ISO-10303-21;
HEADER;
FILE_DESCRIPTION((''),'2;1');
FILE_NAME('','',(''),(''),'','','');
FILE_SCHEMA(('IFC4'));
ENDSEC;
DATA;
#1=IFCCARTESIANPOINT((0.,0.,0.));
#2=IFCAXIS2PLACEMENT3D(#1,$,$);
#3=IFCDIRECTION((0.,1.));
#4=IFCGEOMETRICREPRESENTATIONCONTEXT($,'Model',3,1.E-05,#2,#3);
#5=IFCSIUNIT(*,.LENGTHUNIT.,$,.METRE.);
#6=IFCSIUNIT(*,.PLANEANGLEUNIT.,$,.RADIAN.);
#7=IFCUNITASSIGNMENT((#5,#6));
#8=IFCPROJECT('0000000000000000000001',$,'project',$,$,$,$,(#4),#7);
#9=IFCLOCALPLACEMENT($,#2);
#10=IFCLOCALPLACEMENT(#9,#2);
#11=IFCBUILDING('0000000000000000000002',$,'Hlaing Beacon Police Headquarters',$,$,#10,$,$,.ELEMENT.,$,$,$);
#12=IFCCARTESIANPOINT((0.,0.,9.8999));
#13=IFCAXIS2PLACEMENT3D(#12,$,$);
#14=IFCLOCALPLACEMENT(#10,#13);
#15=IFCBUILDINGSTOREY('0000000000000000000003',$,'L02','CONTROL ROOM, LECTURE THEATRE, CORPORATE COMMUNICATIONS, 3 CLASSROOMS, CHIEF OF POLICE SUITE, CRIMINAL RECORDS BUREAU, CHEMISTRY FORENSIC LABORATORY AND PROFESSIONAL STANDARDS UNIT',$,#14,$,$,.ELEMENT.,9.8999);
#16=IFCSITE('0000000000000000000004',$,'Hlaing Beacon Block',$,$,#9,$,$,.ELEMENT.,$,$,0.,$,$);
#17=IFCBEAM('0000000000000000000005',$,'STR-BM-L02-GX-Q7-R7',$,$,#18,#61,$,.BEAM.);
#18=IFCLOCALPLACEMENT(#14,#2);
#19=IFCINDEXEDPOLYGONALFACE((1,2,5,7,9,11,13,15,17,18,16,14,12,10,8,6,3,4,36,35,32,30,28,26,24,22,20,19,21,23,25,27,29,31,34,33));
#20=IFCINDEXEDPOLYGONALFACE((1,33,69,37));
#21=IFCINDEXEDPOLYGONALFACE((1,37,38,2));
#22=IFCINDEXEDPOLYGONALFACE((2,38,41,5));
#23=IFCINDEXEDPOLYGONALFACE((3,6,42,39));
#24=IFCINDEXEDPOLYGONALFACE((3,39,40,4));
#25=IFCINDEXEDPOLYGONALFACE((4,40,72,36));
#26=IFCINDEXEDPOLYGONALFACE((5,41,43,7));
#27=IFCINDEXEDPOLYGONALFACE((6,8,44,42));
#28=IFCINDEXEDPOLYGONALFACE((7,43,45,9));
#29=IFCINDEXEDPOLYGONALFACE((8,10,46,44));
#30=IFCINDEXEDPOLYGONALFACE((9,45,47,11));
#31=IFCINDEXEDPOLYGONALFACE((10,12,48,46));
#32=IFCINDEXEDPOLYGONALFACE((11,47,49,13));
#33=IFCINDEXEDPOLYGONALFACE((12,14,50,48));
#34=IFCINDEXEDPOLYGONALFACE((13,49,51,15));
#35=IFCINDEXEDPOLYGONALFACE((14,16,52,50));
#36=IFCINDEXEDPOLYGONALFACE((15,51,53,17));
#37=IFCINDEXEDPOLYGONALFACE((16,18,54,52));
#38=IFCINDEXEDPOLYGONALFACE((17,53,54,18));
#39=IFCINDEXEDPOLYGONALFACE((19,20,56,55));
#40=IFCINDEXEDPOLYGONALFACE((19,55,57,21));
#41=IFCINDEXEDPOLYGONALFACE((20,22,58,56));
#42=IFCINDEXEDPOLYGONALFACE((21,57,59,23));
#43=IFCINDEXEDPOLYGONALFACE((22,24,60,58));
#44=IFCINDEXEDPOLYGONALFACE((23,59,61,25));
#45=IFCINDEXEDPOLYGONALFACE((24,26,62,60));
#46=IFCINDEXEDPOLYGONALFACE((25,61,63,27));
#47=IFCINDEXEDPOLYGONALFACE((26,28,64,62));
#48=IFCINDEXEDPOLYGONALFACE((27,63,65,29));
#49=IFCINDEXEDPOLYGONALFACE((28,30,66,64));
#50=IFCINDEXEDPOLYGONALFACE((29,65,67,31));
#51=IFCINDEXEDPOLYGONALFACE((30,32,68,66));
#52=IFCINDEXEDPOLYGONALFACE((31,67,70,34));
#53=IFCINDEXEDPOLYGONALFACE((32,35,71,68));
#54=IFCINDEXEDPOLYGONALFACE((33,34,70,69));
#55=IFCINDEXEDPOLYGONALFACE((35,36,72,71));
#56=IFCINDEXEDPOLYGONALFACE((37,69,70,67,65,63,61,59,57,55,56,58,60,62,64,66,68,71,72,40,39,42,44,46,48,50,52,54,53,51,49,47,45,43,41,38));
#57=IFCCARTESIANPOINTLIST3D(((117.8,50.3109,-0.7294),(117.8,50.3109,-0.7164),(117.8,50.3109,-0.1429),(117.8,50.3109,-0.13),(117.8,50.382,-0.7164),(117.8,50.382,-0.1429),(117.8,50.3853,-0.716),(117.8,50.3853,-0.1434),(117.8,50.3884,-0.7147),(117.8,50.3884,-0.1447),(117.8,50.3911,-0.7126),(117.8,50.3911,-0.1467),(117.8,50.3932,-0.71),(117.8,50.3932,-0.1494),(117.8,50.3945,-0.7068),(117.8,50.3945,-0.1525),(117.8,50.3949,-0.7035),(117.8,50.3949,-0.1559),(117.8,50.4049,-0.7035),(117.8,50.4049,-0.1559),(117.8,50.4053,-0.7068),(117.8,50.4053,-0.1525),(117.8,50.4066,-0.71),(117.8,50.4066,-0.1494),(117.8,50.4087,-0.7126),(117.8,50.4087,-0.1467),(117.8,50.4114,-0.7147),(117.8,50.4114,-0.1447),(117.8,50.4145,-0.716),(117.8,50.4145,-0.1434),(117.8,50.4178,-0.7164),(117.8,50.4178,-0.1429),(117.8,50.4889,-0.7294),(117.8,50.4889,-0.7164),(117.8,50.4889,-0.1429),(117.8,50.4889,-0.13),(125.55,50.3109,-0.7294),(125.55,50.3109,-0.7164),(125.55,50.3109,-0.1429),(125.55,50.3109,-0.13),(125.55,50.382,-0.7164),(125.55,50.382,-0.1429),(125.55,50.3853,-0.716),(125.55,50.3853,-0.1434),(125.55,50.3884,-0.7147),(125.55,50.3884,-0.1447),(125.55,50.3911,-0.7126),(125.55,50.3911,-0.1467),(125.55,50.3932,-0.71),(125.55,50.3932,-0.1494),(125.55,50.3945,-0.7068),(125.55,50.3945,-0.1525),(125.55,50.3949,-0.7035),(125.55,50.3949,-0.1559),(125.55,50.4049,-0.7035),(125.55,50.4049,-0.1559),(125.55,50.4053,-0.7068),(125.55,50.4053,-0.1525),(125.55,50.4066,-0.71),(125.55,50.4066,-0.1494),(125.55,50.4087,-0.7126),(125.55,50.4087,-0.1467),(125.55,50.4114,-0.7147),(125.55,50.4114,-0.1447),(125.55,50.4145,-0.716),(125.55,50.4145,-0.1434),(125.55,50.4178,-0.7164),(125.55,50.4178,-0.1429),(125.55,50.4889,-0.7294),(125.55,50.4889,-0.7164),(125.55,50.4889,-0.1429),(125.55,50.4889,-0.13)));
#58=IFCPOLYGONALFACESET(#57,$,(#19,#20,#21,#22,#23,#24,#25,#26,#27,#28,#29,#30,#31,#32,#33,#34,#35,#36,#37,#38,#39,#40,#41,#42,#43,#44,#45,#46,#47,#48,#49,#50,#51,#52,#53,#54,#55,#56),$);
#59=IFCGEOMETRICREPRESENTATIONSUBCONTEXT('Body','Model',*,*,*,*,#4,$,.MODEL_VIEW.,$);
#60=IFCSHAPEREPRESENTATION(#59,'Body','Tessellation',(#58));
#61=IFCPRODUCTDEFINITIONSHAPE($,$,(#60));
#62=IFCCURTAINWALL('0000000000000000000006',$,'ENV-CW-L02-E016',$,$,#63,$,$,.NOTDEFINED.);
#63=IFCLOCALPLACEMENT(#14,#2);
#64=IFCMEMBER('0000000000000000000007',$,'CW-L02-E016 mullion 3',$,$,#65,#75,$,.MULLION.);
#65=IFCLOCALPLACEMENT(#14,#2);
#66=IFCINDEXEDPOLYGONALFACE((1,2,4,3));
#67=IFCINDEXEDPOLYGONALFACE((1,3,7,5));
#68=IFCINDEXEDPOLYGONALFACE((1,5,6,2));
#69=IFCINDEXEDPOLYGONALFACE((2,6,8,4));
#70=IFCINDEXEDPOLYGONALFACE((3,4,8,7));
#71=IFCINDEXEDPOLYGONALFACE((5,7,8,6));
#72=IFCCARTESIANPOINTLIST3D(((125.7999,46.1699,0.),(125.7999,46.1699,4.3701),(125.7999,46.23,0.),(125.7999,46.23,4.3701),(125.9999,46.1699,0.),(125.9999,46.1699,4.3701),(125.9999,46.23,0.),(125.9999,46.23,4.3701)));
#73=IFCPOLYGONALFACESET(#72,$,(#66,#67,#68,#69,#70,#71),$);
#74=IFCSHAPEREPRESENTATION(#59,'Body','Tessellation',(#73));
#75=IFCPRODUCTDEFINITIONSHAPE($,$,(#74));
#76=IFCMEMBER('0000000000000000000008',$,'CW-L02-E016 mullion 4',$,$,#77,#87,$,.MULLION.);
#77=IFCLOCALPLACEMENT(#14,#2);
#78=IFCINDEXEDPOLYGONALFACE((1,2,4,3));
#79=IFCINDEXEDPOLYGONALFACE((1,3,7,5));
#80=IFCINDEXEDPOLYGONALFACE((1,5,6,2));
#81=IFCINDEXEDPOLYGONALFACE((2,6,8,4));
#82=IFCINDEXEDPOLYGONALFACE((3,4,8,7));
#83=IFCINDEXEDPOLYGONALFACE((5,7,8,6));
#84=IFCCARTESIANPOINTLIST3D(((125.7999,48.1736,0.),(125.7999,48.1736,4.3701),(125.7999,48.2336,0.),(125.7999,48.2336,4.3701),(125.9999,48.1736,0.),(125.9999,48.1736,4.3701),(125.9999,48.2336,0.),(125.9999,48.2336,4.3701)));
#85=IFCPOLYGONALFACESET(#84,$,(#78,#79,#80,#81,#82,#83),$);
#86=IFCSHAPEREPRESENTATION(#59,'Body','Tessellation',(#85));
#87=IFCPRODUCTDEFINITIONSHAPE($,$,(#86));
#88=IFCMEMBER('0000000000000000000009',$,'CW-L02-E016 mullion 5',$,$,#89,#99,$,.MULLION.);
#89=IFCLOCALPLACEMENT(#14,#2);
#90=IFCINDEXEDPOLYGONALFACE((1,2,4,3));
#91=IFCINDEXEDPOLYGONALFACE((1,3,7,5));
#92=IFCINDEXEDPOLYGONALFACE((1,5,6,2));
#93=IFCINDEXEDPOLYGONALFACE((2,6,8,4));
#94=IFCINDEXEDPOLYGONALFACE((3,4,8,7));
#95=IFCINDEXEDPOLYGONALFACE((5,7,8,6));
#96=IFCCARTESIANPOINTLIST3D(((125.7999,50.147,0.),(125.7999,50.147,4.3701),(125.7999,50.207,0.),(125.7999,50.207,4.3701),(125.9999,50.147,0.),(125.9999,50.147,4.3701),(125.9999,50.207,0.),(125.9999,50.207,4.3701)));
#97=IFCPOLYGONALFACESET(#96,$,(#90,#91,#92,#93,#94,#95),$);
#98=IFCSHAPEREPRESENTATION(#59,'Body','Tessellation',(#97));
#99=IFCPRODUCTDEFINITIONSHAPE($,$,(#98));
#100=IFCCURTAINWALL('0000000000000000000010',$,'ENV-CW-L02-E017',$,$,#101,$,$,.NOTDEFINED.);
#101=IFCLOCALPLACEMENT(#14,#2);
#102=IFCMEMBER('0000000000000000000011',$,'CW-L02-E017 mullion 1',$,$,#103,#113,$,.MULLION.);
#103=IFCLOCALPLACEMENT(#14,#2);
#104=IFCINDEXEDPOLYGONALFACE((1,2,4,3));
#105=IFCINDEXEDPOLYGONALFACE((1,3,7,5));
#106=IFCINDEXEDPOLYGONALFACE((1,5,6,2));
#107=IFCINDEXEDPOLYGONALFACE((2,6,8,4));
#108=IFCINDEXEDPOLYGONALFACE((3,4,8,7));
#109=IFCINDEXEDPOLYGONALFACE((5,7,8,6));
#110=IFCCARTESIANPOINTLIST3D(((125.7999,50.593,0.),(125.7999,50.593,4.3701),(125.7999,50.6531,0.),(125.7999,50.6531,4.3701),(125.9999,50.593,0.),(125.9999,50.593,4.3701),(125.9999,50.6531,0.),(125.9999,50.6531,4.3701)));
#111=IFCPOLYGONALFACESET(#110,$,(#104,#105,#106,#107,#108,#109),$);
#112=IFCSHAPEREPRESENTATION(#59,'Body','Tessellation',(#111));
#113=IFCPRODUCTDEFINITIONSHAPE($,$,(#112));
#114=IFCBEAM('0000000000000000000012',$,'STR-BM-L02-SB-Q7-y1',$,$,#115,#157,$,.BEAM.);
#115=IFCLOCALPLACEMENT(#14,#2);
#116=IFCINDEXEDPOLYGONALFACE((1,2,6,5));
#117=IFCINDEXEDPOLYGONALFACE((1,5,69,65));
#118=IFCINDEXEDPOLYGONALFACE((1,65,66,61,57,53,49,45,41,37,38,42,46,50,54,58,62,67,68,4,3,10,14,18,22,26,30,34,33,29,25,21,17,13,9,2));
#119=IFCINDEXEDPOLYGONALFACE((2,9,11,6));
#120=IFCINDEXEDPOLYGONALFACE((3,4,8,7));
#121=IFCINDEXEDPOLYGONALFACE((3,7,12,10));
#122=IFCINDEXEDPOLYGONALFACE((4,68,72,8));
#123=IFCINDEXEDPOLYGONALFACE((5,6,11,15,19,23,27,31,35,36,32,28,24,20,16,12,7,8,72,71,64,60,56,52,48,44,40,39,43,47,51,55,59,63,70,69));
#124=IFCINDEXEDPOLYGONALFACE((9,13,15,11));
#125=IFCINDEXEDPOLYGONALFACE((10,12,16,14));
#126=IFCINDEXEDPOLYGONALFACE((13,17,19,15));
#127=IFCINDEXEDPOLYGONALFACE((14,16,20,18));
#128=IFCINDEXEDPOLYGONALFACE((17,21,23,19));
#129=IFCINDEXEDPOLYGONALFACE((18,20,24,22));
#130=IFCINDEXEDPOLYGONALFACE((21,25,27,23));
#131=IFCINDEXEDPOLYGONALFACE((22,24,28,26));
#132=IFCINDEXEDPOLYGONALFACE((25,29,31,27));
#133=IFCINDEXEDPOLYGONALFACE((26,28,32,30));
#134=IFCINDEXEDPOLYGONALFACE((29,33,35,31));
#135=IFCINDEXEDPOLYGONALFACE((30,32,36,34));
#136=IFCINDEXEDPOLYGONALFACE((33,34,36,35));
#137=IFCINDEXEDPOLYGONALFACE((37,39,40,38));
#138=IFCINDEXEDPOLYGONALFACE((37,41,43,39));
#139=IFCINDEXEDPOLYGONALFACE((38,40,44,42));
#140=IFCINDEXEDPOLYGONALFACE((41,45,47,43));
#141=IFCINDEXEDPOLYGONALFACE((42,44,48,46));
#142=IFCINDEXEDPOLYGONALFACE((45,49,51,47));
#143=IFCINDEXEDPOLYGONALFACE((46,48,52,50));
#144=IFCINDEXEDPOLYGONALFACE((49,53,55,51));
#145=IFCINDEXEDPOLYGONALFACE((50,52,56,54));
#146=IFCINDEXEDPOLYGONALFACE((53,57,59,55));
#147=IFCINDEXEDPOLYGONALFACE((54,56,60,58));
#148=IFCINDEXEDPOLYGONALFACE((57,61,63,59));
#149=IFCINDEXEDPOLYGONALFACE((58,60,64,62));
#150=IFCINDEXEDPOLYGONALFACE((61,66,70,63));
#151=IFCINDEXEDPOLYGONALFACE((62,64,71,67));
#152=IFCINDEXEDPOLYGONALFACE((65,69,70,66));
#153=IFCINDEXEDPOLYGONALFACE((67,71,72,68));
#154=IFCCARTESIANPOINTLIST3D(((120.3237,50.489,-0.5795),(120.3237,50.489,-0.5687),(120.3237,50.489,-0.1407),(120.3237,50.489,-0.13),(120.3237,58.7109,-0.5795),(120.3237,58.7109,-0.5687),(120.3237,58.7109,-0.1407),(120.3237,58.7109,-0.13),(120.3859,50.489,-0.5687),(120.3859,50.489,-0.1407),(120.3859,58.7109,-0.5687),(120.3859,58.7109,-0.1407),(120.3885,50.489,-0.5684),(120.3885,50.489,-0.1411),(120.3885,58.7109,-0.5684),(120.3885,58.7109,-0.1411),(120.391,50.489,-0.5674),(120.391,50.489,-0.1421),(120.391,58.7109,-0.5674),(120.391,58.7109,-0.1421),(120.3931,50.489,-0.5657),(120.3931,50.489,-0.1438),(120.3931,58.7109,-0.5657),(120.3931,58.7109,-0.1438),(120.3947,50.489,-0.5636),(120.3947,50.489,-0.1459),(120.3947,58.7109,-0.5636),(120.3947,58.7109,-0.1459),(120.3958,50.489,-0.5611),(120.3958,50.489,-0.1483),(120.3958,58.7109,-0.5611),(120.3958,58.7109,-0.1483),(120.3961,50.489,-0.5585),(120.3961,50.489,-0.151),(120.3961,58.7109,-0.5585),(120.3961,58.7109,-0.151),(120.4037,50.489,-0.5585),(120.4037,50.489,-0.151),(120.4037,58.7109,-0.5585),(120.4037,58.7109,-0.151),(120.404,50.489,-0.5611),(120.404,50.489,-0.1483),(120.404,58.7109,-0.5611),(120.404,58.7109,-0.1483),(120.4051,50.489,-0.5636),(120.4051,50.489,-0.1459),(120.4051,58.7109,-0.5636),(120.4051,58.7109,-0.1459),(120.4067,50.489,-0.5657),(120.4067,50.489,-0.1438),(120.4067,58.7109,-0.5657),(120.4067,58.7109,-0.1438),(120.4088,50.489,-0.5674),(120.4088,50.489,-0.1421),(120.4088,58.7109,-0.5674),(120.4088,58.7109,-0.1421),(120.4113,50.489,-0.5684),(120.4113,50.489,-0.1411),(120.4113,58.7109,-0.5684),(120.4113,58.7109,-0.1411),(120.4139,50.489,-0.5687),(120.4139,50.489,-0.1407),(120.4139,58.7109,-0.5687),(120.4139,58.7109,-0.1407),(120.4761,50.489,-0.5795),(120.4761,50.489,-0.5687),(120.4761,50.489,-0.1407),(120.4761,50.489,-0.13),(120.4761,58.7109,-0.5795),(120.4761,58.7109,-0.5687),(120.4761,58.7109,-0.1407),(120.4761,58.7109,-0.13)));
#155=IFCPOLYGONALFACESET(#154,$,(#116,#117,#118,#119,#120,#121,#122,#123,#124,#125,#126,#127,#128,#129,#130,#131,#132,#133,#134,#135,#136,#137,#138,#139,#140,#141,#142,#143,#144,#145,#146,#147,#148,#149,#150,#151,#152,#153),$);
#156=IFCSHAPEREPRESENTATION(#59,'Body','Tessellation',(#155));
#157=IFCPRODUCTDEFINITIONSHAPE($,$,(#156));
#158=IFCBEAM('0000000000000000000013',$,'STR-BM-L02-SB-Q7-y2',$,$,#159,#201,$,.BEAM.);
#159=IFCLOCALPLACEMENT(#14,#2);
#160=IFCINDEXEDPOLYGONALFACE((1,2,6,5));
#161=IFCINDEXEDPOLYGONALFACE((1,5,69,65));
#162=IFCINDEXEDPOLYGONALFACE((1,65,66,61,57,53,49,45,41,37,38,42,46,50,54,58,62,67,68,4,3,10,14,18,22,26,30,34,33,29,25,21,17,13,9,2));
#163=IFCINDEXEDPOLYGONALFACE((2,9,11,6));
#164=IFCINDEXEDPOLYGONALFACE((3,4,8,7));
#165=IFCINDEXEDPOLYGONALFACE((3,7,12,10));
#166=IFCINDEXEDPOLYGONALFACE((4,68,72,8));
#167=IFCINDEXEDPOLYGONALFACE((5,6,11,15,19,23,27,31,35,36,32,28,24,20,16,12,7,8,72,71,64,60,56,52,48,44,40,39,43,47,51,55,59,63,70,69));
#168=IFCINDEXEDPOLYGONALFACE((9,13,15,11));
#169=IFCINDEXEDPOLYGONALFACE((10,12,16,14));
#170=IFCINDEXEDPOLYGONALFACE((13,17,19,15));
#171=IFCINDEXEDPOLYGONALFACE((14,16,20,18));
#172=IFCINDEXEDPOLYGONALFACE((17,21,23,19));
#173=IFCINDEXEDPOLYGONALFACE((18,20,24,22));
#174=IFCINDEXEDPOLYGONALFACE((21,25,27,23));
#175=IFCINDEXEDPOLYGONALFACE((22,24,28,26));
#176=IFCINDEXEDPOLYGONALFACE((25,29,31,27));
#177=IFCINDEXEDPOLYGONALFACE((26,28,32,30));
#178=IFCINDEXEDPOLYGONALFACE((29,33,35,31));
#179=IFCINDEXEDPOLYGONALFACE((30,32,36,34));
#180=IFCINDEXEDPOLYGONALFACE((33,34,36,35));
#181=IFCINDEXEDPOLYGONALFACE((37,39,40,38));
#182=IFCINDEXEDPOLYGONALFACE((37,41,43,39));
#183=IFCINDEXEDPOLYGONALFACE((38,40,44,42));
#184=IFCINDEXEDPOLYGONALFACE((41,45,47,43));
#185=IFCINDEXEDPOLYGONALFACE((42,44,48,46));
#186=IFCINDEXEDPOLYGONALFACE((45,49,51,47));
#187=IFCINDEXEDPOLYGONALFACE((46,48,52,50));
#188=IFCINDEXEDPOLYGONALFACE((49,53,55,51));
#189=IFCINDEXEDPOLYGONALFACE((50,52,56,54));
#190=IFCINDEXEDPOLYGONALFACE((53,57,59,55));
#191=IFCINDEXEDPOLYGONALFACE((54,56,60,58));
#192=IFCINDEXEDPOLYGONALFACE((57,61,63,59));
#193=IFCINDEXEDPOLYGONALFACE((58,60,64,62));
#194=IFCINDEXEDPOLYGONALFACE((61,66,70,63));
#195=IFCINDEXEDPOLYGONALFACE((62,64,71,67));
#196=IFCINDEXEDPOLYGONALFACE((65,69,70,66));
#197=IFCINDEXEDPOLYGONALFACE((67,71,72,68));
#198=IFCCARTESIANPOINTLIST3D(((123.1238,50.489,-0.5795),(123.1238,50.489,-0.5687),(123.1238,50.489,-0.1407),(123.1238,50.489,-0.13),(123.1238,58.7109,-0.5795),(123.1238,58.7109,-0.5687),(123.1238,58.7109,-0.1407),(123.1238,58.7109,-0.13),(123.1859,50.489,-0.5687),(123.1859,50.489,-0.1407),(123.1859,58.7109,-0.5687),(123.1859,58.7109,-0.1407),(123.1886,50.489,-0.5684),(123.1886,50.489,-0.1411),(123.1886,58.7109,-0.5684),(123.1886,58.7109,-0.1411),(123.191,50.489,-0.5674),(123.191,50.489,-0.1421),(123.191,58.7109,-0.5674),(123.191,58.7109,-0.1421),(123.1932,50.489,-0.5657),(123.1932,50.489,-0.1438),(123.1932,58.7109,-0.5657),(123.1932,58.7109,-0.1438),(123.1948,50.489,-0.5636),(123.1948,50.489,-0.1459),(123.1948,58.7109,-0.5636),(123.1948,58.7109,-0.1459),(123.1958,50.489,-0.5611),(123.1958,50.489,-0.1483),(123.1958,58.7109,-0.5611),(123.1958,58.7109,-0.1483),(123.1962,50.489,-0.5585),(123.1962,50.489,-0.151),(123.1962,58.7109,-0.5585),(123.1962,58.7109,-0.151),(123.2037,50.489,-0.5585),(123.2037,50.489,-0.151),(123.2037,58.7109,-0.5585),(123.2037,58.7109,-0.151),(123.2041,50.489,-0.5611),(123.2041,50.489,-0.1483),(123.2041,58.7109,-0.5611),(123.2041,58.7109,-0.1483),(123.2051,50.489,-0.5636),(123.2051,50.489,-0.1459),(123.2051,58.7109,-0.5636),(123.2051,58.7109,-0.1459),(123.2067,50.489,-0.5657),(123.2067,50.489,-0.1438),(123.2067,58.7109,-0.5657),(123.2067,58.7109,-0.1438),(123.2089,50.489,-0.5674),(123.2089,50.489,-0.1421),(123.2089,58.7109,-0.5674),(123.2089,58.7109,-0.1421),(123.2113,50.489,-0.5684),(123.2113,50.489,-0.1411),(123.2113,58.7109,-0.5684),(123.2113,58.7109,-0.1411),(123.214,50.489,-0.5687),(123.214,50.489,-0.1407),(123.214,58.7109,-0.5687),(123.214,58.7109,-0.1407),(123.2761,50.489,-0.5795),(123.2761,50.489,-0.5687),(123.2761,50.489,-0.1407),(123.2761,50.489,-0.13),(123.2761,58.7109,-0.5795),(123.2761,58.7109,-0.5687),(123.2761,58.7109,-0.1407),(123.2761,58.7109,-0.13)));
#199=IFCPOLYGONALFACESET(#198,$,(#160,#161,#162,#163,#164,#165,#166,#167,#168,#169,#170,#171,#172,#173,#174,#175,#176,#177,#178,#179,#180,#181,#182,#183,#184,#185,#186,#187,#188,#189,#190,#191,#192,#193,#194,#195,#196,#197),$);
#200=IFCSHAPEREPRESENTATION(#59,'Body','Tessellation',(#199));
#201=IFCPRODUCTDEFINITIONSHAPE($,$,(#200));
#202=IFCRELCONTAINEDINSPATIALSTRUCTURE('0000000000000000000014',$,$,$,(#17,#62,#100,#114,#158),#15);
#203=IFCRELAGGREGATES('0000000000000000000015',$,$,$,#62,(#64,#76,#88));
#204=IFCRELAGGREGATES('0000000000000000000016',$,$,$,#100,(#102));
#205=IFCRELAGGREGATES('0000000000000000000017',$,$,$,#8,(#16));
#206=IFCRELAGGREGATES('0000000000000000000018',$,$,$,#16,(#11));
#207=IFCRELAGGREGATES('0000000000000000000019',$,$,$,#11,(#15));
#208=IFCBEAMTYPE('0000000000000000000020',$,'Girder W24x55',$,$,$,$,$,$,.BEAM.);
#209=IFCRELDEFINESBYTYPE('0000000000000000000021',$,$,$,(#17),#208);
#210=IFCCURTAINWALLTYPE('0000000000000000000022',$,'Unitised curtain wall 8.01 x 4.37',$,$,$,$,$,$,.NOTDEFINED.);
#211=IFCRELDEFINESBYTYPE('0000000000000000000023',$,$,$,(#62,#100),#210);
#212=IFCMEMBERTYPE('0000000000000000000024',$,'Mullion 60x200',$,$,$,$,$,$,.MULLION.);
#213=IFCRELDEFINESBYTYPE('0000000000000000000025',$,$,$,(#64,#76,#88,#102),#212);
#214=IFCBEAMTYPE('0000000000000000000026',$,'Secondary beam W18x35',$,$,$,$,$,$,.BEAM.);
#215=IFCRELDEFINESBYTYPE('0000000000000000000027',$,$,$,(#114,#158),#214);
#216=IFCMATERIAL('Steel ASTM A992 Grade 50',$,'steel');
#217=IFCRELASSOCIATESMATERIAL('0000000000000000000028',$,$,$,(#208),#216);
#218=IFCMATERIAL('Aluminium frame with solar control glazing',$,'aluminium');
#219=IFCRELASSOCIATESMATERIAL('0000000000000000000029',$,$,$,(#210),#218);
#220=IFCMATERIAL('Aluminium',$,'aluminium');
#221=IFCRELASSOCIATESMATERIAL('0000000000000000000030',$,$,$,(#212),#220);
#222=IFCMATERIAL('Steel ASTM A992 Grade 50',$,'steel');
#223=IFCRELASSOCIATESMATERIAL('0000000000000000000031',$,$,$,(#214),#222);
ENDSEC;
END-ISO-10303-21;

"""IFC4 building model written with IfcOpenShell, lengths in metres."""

from ifc_helpers import new_model, si_unit, direction, frame, origin, origin_2d, place, context, subcontext, project, spatial, rectangle, i_section, extrude, material, material_profile, profile_set, type_object, element, aggregate, save


model = new_model("IFC4")

# Units and contexts
model_context = context("Model", 3, precision=1e-05, world=origin(), true_north=direction((0.0, 1.0)))
body_context = subcontext(model_context, "Body", "Model", "MODEL_VIEW")
ifc_project = project(units=[si_unit("LENGTHUNIT", "METRE"), si_unit("PLANEANGLEUNIT", "RADIAN")], contexts=[model_context])

# Site, building, storey
site_placement = place(None, origin())
site = spatial("IfcSite", under=ifc_project, at=site_placement, Name="Hlaing Beacon Block", CompositionType="ELEMENT", RefElevation=0.0)
building_placement = place(site_placement, origin())
building = spatial("IfcBuilding", under=site, at=building_placement, Name="Hlaing Beacon Police Headquarters", CompositionType="ELEMENT")
storey_placement = place(building_placement, frame((0.0, 0.0, 9.8999)))
storey = spatial("IfcBuildingStorey", under=building, at=storey_placement, Name="L02", Description="CONTROL ROOM, LECTURE THEATRE, CORPORATE COMMUNICATIONS, 3 CLASSROOMS, CHIEF OF POLICE SUITE, CRIMINAL RECORDS BUREAU, CHEMISTRY FORENSIC LABORATORY AND PROFESSIONAL STANDARDS UNIT", CompositionType="ELEMENT", Elevation=9.8999)

# Beam
ifc_material_1 = material(Name="Steel ASTM A992 Grade 50", Category="steel")
ifc_material_profile_1 = material_profile(ifc_material_1, i_section(OverallWidth=0.178, OverallDepth=0.5994, WebThickness=0.01, FlangeThickness=0.0129, FilletRadius=0.0129, at=origin_2d()), Name="W24x55")
ifc_profile_set_1 = profile_set([ifc_material_profile_1], Name="Steel ASTM A992 Grade 50")
beam_type_1 = type_object("IfcBeamType", Name="Girder W24x55", PredefinedType="BEAM", material=ifc_profile_set_1)
beam_placement = place(storey_placement, frame((117.8, 50.3999, -0.4297), z_axis=(1.0, 0.0, 0.0), x_axis=(0.0, 1.0, 0.0)))
element("IfcBeam", 1, at=beam_placement, inside=storey, type_object=beam_type_1, Name="STR-BM-L02-GX-Q7-R7", PredefinedType="BEAM", context=body_context, shape_type="SweptSolid", body=[
    extrude(i_section(OverallWidth=0.178, OverallDepth=0.5994, WebThickness=0.01, FlangeThickness=0.0129, FilletRadius=0.0129, at=origin_2d()), origin(), (0.0, 0.0, 1.0), 7.75),
])

# Curtain wall, members
ifc_material_2 = material(Name="Aluminium frame with solar control glazing", Category="aluminium")
curtain_wall_type = type_object("IfcCurtainWallType", Name="Unitised curtain wall 8.01 x 4.37", PredefinedType="NOTDEFINED", material=ifc_material_2)
curtain_wall_1_placement = place(storey_placement, origin())
curtain_wall_1 = element("IfcCurtainWall", 2, at=curtain_wall_1_placement, inside=storey, type_object=curtain_wall_type, Name="ENV-CW-L02-E016", PredefinedType="NOTDEFINED")
ifc_material_3 = material(Name="Aluminium", Category="aluminium")
ifc_material_profile_2 = material_profile(ifc_material_3, rectangle(XDim=0.2, YDim=0.0601, at=origin_2d()), Name="Mullion 60x200")
ifc_profile_set_2 = profile_set([ifc_material_profile_2], Name="Aluminium")
member_type_1 = type_object("IfcMemberType", Name="Mullion 60x200", PredefinedType="MULLION", material=ifc_profile_set_2)
member_1_placement = place(storey_placement, frame((125.8999, 46.2, 0.0), z_axis=(0.0, 0.0, 1.0), x_axis=(-1.0, 0.0, 0.0)))
member_1 = element("IfcMember", 3, at=member_1_placement, type_object=member_type_1, Name="CW-L02-E016 mullion 3", PredefinedType="MULLION", context=body_context, shape_type="SweptSolid", body=[
    extrude(rectangle(XDim=0.2, YDim=0.0601, at=origin_2d()), origin(), (0.0, 0.0, 1.0), 4.3701),
])
member_2_placement = place(storey_placement, frame((125.8999, 48.2036, 0.0), z_axis=(0.0, 0.0, 1.0), x_axis=(-1.0, 0.0, 0.0)))
member_2 = element("IfcMember", 4, at=member_2_placement, type_object=member_type_1, Name="CW-L02-E016 mullion 4", PredefinedType="MULLION", context=body_context, shape_type="SweptSolid", body=[
    extrude(rectangle(XDim=0.2, YDim=0.0601, at=origin_2d()), origin(), (0.0, 0.0, 1.0), 4.3701),
])
member_3_placement = place(storey_placement, frame((125.8999, 50.177, 0.0), z_axis=(0.0, 0.0, 1.0), x_axis=(-1.0, 0.0, 0.0)))
member_3 = element("IfcMember", 5, at=member_3_placement, type_object=member_type_1, Name="CW-L02-E016 mullion 5", PredefinedType="MULLION", context=body_context, shape_type="SweptSolid", body=[
    extrude(rectangle(XDim=0.2, YDim=0.0601, at=origin_2d()), origin(), (0.0, 0.0, 1.0), 4.3701),
])

# Curtain wall, member
curtain_wall_2_placement = place(storey_placement, origin())
curtain_wall_2 = element("IfcCurtainWall", 6, at=curtain_wall_2_placement, inside=storey, type_object=curtain_wall_type, Name="ENV-CW-L02-E017", PredefinedType="NOTDEFINED")
member_4_placement = place(storey_placement, frame((125.8999, 50.623, 0.0), z_axis=(0.0, 0.0, 1.0), x_axis=(-1.0, 0.0, 0.0)))
member_4 = element("IfcMember", 7, at=member_4_placement, type_object=member_type_1, Name="CW-L02-E017 mullion 1", PredefinedType="MULLION", context=body_context, shape_type="SweptSolid", body=[
    extrude(rectangle(XDim=0.2, YDim=0.0601, at=origin_2d()), origin(), (0.0, 0.0, 1.0), 4.3701),
])

# Beams
ifc_material_4 = material(Name="Steel ASTM A992 Grade 50", Category="steel")
ifc_material_profile_3 = material_profile(ifc_material_4, i_section(OverallWidth=0.1523, OverallDepth=0.4495, WebThickness=0.0076, FlangeThickness=0.0107, FilletRadius=0.0103, at=origin_2d()), Name="W18x35")
ifc_profile_set_3 = profile_set([ifc_material_profile_3], Name="Steel ASTM A992 Grade 50")
beam_type_2 = type_object("IfcBeamType", Name="Secondary beam W18x35", PredefinedType="BEAM", material=ifc_profile_set_3)
for number, where, z_axis, x_axis, name in (
    (8, (120.3999, 50.489, -0.3547), (0.0, 1.0, 0.0), (-1.0, 0.0, 0.0), "STR-BM-L02-SB-Q7-y1"),
    (9, (123.2, 50.489, -0.3547), (0.0, 1.0, 0.0), (-1.0, 0.0, 0.0), "STR-BM-L02-SB-Q7-y2"),
):
    element("IfcBeam", number, at=place(storey_placement, frame(where, z_axis=z_axis, x_axis=x_axis)), inside=storey, type_object=beam_type_2, Name=name, PredefinedType="BEAM", context=body_context, shape_type="SweptSolid", body=[
        extrude(i_section(OverallWidth=0.1523, OverallDepth=0.4495, WebThickness=0.0076, FlangeThickness=0.0107, FilletRadius=0.0103, at=origin_2d()), origin(), (0.0, 0.0, 1.0), 8.2219),
    ])

aggregate(curtain_wall_1, [member_1, member_2, member_3])
aggregate(curtain_wall_2, [member_4])

save(model, "model.ifc")
